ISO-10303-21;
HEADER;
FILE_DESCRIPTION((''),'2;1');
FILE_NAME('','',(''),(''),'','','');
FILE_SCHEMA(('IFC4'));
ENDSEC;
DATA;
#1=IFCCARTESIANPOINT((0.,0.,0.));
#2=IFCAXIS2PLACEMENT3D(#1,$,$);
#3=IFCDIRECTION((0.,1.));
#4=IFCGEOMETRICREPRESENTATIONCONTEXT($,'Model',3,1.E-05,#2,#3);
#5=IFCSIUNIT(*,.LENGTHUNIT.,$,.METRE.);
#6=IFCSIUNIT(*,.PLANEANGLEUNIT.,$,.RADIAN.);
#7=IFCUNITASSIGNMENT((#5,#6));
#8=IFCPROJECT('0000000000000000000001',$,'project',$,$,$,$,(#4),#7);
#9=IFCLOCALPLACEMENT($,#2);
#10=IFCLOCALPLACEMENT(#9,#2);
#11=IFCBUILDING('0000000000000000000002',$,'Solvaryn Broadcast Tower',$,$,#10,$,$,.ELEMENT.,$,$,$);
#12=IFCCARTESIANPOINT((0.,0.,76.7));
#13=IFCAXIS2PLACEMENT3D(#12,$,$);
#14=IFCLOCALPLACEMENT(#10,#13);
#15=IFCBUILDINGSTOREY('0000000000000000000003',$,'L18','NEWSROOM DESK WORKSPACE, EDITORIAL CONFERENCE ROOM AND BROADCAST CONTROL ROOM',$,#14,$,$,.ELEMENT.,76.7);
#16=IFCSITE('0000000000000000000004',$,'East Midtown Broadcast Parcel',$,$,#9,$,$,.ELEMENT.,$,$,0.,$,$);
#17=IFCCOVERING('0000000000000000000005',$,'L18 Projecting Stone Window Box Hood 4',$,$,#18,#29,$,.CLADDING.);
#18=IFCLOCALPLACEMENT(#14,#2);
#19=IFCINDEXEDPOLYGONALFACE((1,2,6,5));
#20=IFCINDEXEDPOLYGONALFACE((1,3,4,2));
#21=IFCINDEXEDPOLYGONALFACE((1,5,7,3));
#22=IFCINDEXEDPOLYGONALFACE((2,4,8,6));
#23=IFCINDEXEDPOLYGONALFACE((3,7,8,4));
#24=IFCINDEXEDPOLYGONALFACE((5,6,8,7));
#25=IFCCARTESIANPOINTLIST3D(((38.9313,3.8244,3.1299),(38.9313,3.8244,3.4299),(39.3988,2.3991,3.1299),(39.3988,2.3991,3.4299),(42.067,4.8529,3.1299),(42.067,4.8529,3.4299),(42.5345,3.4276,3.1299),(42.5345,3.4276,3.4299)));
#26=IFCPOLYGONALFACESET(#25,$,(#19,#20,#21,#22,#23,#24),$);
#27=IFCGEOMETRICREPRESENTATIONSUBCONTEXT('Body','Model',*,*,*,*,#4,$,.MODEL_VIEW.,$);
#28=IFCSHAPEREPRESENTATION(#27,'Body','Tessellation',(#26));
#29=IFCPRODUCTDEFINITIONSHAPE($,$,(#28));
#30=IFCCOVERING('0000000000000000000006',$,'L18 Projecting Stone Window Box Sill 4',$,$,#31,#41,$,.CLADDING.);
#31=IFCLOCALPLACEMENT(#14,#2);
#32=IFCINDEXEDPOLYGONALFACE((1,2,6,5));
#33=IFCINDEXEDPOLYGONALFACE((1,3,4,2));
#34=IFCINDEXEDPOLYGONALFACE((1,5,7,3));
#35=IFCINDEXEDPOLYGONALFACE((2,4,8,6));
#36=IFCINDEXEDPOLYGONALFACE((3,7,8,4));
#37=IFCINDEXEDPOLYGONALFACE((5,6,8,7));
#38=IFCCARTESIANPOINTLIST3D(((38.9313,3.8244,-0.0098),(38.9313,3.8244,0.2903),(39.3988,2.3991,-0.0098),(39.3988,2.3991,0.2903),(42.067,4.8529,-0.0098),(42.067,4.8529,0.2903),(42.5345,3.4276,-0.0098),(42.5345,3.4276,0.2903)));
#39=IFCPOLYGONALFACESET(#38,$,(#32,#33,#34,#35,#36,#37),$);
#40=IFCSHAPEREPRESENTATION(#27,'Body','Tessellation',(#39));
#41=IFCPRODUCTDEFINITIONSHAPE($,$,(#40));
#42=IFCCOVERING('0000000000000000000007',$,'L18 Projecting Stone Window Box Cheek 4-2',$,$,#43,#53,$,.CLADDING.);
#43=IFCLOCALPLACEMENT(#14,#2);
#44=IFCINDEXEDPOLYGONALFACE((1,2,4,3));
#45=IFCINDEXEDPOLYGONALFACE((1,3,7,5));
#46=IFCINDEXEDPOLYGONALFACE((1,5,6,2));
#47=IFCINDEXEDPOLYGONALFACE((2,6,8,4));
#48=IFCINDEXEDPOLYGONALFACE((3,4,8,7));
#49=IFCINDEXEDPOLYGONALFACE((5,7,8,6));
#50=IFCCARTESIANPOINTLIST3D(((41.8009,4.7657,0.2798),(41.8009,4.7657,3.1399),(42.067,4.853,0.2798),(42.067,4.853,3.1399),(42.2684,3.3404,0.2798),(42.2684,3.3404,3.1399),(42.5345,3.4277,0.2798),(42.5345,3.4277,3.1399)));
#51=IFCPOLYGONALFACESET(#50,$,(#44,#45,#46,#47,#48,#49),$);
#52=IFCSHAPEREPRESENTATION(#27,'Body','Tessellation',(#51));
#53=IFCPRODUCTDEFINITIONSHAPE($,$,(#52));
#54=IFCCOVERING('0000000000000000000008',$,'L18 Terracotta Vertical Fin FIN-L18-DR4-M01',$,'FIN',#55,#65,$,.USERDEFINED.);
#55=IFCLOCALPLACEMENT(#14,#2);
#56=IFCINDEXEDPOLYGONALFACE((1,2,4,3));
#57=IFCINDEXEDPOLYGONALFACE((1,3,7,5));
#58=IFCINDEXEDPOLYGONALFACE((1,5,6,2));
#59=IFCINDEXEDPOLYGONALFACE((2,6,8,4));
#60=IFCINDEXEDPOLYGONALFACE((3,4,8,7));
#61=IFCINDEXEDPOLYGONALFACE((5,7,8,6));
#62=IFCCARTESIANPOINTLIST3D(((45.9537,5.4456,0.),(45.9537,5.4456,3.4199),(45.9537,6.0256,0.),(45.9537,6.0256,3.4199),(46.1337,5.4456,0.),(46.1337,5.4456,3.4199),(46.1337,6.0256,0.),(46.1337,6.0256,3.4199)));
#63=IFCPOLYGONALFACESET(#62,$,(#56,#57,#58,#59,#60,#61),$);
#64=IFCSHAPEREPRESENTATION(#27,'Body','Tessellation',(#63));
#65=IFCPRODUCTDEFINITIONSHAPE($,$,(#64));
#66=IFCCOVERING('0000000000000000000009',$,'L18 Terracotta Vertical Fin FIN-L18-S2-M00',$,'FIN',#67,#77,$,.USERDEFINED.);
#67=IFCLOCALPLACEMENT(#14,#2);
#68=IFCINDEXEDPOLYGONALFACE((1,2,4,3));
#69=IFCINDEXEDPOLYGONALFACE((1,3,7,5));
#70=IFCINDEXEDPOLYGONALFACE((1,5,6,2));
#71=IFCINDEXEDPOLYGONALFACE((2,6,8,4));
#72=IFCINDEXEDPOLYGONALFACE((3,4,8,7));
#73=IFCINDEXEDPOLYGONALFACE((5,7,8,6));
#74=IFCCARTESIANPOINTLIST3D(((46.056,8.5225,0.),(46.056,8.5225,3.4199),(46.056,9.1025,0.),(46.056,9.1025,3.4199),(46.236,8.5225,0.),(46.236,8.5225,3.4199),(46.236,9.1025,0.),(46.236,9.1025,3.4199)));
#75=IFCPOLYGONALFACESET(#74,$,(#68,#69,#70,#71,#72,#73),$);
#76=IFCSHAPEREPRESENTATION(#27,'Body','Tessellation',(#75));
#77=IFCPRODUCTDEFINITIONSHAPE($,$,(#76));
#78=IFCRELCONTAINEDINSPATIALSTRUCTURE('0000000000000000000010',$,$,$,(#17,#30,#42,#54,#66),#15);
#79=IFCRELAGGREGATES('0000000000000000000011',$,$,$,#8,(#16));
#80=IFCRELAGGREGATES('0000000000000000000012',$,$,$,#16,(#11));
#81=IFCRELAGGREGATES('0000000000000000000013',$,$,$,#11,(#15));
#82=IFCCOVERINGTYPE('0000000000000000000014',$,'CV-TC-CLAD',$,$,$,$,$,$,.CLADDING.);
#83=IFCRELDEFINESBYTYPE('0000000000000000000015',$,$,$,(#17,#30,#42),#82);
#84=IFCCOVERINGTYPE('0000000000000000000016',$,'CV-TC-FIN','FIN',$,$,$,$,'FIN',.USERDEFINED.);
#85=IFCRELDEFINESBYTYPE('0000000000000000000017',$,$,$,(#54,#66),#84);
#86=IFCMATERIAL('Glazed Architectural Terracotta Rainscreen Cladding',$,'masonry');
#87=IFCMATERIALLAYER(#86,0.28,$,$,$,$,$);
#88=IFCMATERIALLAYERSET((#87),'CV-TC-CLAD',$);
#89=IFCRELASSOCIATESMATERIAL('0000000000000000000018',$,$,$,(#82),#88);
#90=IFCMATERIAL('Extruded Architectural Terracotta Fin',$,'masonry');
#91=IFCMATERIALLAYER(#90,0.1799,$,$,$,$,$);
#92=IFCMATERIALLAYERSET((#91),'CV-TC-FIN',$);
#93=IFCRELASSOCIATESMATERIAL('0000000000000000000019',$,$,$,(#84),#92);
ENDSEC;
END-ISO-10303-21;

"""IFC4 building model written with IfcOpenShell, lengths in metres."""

from ifc_helpers import new_model, si_unit, direction, frame, origin, origin_2d, place, context, subcontext, project, spatial, rectangle, extrude, material, layer, layer_set, type_object, element, save


model = new_model("IFC4")

# Units and contexts
model_context = context("Model", 3, precision=1e-05, world=origin(), true_north=direction((0.0, 1.0)))
body_context = subcontext(model_context, "Body", "Model", "MODEL_VIEW")
ifc_project = project(units=[si_unit("LENGTHUNIT", "METRE"), si_unit("PLANEANGLEUNIT", "RADIAN")], contexts=[model_context])

# Site, building, storey
site_placement = place(None, origin())
site = spatial("IfcSite", under=ifc_project, at=site_placement, Name="East Midtown Broadcast Parcel", CompositionType="ELEMENT", RefElevation=0.0)
building_placement = place(site_placement, origin())
building = spatial("IfcBuilding", under=site, at=building_placement, Name="Solvaryn Broadcast Tower", CompositionType="ELEMENT")
storey_placement = place(building_placement, frame((0.0, 0.0, 76.7)))
storey = spatial("IfcBuildingStorey", under=building, at=storey_placement, Name="L18", Description="NEWSROOM DESK WORKSPACE, EDITORIAL CONFERENCE ROOM AND BROADCAST CONTROL ROOM", CompositionType="ELEMENT", Elevation=76.7)

# Coverings
ifc_material_1 = material(Name="Glazed Architectural Terracotta Rainscreen Cladding", Category="masonry")
ifc_layer_1 = layer(ifc_material_1, 0.28)
ifc_layer_set_1 = layer_set([ifc_layer_1], Name="CV-TC-CLAD")
covering_type_1 = type_object("IfcCoveringType", Name="CV-TC-CLAD", PredefinedType="CLADDING", material=ifc_layer_set_1)
for number, where, z_axis, x_axis, name in (
    (1, (40.7329, 3.626, 3.1299), (0.0, 0.0, 1.0), (0.95019, 0.311672, 0.0), "L18 Projecting Stone Window Box Hood 4"),
    (2, (40.7329, 3.626, -0.0098), (0.0, 0.0, 1.0), (0.95019, 0.311672, 0.0), "L18 Projecting Stone Window Box Sill 4"),
):
    element("IfcCovering", number, at=place(storey_placement, frame(where, z_axis=z_axis, x_axis=x_axis)), inside=storey, type_object=covering_type_1, Name=name, PredefinedType="CLADDING", context=body_context, shape_type="SweptSolid", body=[
        extrude(rectangle(XDim=3.3, YDim=1.5, at=origin_2d()), origin(), (0.0, 0.0, 1.0), 0.3),
    ])
covering_placement = place(storey_placement, frame((42.1677, 4.0967, 0.2798), z_axis=(0.0, 0.0, 1.0), x_axis=(0.95019, 0.311672, 0.0)))
element("IfcCovering", 3, at=covering_placement, inside=storey, type_object=covering_type_1, Name="L18 Projecting Stone Window Box Cheek 4-2", PredefinedType="CLADDING", context=body_context, shape_type="SweptSolid", body=[
    extrude(rectangle(XDim=0.28, YDim=1.5, at=origin_2d()), origin(), (0.0, 0.0, 1.0), 2.8601),
])
ifc_material_2 = material(Name="Extruded Architectural Terracotta Fin", Category="masonry")
ifc_layer_2 = layer(ifc_material_2, 0.1799)
ifc_layer_set_2 = layer_set([ifc_layer_2], Name="CV-TC-FIN")
covering_type_2 = type_object("IfcCoveringType", Name="CV-TC-FIN", Description="FIN", ElementType="FIN", PredefinedType="USERDEFINED", material=ifc_layer_set_2)
for number, where, z_axis, x_axis, name in (
    (4, (46.0437, 5.7356, 0.0), (0.0, 0.0, 1.0), (1.0, 0.0, 0.0), "L18 Terracotta Vertical Fin FIN-L18-DR4-M01"),
    (5, (46.146, 8.8125, 0.0), (0.0, 0.0, 1.0), (1.0, 0.0, 0.0), "L18 Terracotta Vertical Fin FIN-L18-S2-M00"),
):
    element("IfcCovering", number, at=place(storey_placement, frame(where, z_axis=z_axis, x_axis=x_axis)), inside=storey, type_object=covering_type_2, Name=name, ObjectType="FIN", PredefinedType="USERDEFINED", context=body_context, shape_type="SweptSolid", body=[
        extrude(rectangle(XDim=0.1799, YDim=0.5801, at=origin_2d()), origin(), (0.0, 0.0, 1.0), 3.4199),
    ])

save(model, "model.ifc")
